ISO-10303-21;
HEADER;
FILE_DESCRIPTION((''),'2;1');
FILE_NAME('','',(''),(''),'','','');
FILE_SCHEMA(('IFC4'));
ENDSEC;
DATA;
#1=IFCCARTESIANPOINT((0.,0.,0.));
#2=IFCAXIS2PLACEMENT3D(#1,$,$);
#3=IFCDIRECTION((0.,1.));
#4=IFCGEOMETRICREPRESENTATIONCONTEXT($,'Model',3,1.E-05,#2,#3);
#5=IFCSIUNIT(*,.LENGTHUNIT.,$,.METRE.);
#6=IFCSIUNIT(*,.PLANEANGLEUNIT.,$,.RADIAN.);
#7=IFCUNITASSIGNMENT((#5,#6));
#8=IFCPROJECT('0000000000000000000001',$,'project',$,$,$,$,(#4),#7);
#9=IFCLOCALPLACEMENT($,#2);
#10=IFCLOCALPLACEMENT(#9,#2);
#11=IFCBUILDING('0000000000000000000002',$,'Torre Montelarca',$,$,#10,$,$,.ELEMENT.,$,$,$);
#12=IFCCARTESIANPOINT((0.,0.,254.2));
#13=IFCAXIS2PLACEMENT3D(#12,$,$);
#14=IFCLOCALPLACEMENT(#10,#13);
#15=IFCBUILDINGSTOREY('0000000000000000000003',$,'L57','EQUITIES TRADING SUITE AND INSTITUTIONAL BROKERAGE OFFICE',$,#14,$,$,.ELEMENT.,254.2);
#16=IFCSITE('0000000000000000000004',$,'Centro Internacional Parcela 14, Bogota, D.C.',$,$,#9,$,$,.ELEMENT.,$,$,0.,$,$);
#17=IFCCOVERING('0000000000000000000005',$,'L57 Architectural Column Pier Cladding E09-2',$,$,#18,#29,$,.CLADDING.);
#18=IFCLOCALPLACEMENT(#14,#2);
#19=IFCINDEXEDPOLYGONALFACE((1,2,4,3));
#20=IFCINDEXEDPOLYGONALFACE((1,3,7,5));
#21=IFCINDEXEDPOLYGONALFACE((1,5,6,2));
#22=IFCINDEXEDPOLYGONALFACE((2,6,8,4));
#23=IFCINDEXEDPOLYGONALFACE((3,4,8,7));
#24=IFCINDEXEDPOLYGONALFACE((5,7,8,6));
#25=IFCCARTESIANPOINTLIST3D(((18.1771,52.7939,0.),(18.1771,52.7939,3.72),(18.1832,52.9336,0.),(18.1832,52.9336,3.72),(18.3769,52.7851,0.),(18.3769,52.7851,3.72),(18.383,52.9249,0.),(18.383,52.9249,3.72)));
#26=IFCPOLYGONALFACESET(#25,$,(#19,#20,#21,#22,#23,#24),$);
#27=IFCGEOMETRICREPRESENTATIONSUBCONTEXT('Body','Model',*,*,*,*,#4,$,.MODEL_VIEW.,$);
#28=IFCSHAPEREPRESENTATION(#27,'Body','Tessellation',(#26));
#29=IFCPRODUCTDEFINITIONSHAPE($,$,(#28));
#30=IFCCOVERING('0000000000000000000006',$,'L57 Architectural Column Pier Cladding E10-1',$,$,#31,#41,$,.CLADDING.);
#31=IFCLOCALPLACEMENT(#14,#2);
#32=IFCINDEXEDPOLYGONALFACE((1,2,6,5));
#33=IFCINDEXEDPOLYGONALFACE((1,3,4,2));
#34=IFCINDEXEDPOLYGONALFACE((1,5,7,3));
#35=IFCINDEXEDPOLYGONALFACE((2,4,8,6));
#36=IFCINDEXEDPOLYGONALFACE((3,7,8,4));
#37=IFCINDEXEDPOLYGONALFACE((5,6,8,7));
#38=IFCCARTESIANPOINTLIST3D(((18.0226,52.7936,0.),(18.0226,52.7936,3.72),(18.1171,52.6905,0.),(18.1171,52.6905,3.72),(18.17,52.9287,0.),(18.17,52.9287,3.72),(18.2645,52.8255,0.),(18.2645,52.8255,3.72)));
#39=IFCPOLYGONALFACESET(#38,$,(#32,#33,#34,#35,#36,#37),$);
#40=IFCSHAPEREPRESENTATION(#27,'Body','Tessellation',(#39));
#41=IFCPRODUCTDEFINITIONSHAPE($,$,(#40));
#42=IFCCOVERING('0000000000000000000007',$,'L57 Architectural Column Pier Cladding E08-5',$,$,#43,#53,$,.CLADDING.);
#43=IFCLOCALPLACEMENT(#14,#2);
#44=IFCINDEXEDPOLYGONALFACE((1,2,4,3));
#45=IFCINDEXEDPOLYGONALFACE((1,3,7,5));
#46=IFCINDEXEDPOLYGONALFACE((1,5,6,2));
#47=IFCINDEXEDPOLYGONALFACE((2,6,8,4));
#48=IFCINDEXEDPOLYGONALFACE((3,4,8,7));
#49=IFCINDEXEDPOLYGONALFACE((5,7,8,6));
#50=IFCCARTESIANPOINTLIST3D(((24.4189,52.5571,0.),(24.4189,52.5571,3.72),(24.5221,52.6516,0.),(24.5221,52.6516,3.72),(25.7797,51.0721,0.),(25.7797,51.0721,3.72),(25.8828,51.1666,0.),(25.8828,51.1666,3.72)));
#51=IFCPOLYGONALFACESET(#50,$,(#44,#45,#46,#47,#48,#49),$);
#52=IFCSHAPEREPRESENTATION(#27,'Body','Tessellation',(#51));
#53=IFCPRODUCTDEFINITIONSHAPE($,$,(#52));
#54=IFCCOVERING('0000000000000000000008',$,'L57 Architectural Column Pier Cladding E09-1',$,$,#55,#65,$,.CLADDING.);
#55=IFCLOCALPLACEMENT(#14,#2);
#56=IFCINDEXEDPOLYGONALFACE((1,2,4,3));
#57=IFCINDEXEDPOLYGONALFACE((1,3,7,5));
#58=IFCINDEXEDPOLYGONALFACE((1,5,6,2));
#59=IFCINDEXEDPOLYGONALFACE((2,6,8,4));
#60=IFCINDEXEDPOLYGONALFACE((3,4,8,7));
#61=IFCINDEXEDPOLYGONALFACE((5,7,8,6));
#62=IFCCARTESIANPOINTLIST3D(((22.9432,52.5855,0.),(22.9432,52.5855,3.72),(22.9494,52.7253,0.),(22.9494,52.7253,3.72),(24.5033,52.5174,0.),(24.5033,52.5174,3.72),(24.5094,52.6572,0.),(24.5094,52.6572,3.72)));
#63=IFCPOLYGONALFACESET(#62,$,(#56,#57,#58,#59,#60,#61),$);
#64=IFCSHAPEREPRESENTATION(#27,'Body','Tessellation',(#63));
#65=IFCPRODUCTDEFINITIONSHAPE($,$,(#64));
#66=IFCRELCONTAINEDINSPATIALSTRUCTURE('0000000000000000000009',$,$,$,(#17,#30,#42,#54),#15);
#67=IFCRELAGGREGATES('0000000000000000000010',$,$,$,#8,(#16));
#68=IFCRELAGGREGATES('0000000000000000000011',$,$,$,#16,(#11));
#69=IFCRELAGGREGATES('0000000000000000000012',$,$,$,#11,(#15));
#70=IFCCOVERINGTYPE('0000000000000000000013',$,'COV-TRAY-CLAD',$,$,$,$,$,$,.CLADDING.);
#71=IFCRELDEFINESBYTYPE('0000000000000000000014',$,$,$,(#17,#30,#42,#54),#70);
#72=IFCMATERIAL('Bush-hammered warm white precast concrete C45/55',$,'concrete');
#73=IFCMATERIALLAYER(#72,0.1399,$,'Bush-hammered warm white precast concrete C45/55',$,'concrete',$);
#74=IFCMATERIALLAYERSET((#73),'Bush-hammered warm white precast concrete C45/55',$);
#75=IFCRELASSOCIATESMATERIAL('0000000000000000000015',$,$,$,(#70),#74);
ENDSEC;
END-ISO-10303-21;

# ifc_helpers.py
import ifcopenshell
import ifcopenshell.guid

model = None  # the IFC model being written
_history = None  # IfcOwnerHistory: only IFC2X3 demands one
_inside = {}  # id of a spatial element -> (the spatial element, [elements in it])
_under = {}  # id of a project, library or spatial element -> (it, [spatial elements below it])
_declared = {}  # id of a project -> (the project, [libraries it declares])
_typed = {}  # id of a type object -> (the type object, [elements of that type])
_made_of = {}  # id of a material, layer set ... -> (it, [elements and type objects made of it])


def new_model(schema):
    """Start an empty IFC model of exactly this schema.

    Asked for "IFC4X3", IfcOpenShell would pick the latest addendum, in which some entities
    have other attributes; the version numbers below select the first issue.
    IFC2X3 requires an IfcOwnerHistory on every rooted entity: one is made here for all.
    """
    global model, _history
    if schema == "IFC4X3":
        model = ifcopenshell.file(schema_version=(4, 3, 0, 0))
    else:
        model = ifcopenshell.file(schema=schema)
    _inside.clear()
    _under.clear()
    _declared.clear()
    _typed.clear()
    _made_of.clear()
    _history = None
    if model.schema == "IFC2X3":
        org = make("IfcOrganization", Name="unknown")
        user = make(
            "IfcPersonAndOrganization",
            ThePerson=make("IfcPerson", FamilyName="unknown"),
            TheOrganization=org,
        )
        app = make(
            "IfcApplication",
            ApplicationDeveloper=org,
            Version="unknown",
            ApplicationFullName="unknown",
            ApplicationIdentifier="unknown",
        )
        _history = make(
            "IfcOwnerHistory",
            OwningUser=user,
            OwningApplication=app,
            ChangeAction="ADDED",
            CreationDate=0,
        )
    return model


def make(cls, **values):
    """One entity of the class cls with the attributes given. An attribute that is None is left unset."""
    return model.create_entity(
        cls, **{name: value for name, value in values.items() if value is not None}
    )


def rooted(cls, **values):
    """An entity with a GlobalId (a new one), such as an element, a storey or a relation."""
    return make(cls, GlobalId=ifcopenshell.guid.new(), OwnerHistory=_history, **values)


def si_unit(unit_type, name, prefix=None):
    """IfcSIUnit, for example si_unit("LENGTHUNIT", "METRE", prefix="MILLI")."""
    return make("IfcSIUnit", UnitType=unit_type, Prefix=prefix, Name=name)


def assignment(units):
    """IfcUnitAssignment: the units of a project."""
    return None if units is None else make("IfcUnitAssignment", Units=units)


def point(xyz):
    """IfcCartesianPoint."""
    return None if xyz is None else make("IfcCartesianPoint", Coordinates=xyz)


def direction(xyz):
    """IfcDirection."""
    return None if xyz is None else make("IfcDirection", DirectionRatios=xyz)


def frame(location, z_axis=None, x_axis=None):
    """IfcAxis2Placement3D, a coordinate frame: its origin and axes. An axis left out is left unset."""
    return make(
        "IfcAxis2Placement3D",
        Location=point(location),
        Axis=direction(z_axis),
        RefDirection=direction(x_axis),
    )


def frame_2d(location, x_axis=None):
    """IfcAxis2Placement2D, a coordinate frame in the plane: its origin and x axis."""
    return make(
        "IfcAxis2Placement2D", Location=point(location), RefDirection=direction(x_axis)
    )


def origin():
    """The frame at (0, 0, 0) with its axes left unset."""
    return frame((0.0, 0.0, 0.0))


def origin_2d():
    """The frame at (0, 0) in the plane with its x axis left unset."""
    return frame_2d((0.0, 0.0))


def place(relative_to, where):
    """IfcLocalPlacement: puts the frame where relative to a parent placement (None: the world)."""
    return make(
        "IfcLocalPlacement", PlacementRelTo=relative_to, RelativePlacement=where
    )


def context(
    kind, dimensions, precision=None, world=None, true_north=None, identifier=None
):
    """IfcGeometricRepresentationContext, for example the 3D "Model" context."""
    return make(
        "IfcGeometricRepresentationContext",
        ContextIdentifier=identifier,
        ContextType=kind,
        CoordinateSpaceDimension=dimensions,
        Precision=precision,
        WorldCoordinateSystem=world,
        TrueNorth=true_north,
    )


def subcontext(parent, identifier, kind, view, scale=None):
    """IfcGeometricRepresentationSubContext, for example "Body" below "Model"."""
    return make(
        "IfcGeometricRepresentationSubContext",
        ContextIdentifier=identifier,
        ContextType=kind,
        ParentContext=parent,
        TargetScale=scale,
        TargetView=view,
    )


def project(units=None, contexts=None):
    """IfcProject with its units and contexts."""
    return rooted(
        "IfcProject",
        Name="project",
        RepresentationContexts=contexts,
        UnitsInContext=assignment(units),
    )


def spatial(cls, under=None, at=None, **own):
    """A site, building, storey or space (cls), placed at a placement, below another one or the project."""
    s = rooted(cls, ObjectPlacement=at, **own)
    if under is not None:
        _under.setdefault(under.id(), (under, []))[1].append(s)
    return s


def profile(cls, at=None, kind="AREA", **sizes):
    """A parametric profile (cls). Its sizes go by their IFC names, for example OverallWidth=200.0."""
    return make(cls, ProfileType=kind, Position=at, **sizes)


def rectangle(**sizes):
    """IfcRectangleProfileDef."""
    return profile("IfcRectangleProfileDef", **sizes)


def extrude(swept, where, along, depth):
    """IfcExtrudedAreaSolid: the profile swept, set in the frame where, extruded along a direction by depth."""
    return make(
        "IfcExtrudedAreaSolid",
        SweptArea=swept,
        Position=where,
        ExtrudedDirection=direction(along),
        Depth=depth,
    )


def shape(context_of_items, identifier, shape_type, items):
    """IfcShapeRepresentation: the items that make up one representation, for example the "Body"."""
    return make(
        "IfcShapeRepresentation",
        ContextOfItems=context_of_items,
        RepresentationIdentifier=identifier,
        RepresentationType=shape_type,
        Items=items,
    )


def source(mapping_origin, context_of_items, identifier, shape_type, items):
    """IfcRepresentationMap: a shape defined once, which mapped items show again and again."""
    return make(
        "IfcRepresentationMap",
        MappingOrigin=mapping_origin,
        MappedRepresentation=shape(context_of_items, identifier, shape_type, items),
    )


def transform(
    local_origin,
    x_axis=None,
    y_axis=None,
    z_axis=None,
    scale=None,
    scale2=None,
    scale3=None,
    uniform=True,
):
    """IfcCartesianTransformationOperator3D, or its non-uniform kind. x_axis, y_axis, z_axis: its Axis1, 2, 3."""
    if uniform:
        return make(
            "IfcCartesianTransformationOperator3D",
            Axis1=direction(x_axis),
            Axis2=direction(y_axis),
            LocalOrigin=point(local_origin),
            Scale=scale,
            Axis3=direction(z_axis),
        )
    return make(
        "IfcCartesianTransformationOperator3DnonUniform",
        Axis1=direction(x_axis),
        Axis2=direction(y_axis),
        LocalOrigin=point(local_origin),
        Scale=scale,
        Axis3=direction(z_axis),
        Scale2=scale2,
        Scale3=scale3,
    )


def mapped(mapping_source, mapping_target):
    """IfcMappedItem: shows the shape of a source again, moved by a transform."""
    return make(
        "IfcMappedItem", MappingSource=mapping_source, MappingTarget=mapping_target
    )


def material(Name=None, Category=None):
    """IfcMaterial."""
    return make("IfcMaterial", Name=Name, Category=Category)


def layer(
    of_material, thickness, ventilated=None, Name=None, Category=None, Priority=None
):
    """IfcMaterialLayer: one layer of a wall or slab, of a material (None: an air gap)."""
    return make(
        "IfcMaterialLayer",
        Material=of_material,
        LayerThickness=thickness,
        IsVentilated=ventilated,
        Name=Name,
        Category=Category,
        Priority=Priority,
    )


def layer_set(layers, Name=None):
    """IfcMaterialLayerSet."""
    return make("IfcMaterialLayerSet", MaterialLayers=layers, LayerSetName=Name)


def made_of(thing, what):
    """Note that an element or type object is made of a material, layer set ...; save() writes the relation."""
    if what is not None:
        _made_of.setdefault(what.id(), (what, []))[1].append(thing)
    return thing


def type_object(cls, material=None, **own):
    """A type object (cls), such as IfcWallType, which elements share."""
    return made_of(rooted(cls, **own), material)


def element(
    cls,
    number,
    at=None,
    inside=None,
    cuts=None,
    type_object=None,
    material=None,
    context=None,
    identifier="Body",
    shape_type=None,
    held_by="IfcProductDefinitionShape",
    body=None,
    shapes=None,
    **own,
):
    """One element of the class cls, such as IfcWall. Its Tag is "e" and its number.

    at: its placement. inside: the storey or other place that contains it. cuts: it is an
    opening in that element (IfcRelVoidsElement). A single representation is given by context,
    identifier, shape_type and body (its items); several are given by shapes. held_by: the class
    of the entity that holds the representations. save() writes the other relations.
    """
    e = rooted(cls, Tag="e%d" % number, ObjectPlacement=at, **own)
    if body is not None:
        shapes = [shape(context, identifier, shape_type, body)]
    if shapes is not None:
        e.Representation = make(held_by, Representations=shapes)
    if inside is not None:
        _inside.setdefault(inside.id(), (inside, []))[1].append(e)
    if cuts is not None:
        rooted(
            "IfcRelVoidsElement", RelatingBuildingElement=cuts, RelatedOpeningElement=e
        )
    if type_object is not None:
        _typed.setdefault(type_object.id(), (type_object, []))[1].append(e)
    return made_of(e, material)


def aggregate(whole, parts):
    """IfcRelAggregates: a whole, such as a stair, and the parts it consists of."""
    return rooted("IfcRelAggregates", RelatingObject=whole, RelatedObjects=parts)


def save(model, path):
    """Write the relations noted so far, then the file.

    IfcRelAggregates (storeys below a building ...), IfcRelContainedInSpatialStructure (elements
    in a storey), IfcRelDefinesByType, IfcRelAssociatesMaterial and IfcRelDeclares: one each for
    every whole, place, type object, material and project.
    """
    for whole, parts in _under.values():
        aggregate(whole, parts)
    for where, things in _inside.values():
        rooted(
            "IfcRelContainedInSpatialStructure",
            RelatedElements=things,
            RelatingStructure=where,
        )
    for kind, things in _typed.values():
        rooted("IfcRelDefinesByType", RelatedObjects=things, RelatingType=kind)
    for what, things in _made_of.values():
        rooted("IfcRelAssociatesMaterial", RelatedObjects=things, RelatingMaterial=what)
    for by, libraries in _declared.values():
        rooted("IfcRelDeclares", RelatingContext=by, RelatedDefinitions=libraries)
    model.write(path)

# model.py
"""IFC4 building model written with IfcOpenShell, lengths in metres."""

from ifc_helpers import new_model, si_unit, direction, frame, origin, origin_2d, place, context, subcontext, project, spatial, rectangle, extrude, source, transform, mapped, material, layer, layer_set, type_object, element, save


model = new_model("IFC4")

# Units and contexts
model_context = context("Model", 3, precision=1e-05, world=origin(), true_north=direction((0.0, 1.0)))
body_context = subcontext(model_context, "Body", "Model", "MODEL_VIEW")
ifc_project = project(units=[si_unit("LENGTHUNIT", "METRE"), si_unit("PLANEANGLEUNIT", "RADIAN")], contexts=[model_context])

# Site, building, storey
site_placement = place(None, origin())
site = spatial("IfcSite", under=ifc_project, at=site_placement, Name="Centro Internacional Parcela 14, Bogota, D.C.", CompositionType="ELEMENT", RefElevation=0.0)
building_placement = place(site_placement, origin())
building = spatial("IfcBuilding", under=site, at=building_placement, Name="Torre Montelarca", CompositionType="ELEMENT")
storey_placement = place(building_placement, frame((0.0, 0.0, 254.2)))
storey = spatial("IfcBuildingStorey", under=building, at=storey_placement, Name="L57", Description="EQUITIES TRADING SUITE AND INSTITUTIONAL BROKERAGE OFFICE", CompositionType="ELEMENT", Elevation=254.2)

# Coverings
ifc_material_1 = material(Name="Bush-hammered warm white precast concrete C45/55", Category="concrete")
ifc_layer_1 = layer(ifc_material_1, 0.1399, Name="Bush-hammered warm white precast concrete C45/55", Category="concrete")
ifc_layer_set_1 = layer_set([ifc_layer_1], Name="Bush-hammered warm white precast concrete C45/55")
covering_type = type_object("IfcCoveringType", Name="COV-TRAY-CLAD", PredefinedType="CLADDING", material=ifc_layer_set_1)
shared_shape_1 = source(origin(), body_context, "Body", "SweptSolid", [
    extrude(rectangle(XDim=0.2, YDim=0.1399, at=origin_2d()), origin(), (0.0, 0.0, 1.0), 3.72),
])
for number, where, z_axis, x_axis, name in (
    (1, (18.28, 52.8594, 0.0), (0.0, 0.0, 1.0), (-0.999048, 0.043628, 0.0), "L57 Architectural Column Pier Cladding E09-2"),
    (2, (18.1436, 52.8096, 0.0), (0.0, 0.0, 1.0), (-0.737276, -0.675591, 0.0), "L57 Architectural Column Pier Cladding E10-1"),
):
    element("IfcCovering", number, at=place(storey_placement, frame(where, z_axis=z_axis, x_axis=x_axis)), inside=storey, type_object=covering_type, Name=name, PredefinedType="CLADDING", context=body_context, shape_type="MappedRepresentation", body=[
        mapped(shared_shape_1, transform((0.0, 0.0, 0.0), scale=1.0)),
    ])
shared_shape_2 = source(origin(), body_context, "Body", "SweptSolid", [
    extrude(rectangle(XDim=2.0142, YDim=0.1399, at=origin_2d()), origin(), (0.0, 0.0, 1.0), 3.72),
])
covering_1_placement = place(storey_placement, frame((25.1509, 51.8618, 0.0), z_axis=(0.0, 0.0, 1.0), x_axis=(-0.675589, 0.737279, 0.0)))
element("IfcCovering", 3, at=covering_1_placement, inside=storey, type_object=covering_type, Name="L57 Architectural Column Pier Cladding E08-5", PredefinedType="CLADDING", context=body_context, shape_type="MappedRepresentation", body=[
    mapped(shared_shape_2, transform((0.0, 0.0, 0.0), scale=1.0)),
])
shared_shape_3 = source(origin(), body_context, "Body", "SweptSolid", [
    extrude(rectangle(XDim=1.5615, YDim=0.1399, at=origin_2d()), origin(), (0.0, 0.0, 1.0), 3.72),
])
covering_2_placement = place(storey_placement, frame((23.7263, 52.6213, 0.0), z_axis=(0.0, 0.0, 1.0), x_axis=(-0.999048, 0.043628, 0.0)))
element("IfcCovering", 4, at=covering_2_placement, inside=storey, type_object=covering_type, Name="L57 Architectural Column Pier Cladding E09-1", PredefinedType="CLADDING", context=body_context, shape_type="MappedRepresentation", body=[
    mapped(shared_shape_3, transform((0.0, 0.0, 0.0), scale=1.0)),
])

save(model, "model.ifc")
